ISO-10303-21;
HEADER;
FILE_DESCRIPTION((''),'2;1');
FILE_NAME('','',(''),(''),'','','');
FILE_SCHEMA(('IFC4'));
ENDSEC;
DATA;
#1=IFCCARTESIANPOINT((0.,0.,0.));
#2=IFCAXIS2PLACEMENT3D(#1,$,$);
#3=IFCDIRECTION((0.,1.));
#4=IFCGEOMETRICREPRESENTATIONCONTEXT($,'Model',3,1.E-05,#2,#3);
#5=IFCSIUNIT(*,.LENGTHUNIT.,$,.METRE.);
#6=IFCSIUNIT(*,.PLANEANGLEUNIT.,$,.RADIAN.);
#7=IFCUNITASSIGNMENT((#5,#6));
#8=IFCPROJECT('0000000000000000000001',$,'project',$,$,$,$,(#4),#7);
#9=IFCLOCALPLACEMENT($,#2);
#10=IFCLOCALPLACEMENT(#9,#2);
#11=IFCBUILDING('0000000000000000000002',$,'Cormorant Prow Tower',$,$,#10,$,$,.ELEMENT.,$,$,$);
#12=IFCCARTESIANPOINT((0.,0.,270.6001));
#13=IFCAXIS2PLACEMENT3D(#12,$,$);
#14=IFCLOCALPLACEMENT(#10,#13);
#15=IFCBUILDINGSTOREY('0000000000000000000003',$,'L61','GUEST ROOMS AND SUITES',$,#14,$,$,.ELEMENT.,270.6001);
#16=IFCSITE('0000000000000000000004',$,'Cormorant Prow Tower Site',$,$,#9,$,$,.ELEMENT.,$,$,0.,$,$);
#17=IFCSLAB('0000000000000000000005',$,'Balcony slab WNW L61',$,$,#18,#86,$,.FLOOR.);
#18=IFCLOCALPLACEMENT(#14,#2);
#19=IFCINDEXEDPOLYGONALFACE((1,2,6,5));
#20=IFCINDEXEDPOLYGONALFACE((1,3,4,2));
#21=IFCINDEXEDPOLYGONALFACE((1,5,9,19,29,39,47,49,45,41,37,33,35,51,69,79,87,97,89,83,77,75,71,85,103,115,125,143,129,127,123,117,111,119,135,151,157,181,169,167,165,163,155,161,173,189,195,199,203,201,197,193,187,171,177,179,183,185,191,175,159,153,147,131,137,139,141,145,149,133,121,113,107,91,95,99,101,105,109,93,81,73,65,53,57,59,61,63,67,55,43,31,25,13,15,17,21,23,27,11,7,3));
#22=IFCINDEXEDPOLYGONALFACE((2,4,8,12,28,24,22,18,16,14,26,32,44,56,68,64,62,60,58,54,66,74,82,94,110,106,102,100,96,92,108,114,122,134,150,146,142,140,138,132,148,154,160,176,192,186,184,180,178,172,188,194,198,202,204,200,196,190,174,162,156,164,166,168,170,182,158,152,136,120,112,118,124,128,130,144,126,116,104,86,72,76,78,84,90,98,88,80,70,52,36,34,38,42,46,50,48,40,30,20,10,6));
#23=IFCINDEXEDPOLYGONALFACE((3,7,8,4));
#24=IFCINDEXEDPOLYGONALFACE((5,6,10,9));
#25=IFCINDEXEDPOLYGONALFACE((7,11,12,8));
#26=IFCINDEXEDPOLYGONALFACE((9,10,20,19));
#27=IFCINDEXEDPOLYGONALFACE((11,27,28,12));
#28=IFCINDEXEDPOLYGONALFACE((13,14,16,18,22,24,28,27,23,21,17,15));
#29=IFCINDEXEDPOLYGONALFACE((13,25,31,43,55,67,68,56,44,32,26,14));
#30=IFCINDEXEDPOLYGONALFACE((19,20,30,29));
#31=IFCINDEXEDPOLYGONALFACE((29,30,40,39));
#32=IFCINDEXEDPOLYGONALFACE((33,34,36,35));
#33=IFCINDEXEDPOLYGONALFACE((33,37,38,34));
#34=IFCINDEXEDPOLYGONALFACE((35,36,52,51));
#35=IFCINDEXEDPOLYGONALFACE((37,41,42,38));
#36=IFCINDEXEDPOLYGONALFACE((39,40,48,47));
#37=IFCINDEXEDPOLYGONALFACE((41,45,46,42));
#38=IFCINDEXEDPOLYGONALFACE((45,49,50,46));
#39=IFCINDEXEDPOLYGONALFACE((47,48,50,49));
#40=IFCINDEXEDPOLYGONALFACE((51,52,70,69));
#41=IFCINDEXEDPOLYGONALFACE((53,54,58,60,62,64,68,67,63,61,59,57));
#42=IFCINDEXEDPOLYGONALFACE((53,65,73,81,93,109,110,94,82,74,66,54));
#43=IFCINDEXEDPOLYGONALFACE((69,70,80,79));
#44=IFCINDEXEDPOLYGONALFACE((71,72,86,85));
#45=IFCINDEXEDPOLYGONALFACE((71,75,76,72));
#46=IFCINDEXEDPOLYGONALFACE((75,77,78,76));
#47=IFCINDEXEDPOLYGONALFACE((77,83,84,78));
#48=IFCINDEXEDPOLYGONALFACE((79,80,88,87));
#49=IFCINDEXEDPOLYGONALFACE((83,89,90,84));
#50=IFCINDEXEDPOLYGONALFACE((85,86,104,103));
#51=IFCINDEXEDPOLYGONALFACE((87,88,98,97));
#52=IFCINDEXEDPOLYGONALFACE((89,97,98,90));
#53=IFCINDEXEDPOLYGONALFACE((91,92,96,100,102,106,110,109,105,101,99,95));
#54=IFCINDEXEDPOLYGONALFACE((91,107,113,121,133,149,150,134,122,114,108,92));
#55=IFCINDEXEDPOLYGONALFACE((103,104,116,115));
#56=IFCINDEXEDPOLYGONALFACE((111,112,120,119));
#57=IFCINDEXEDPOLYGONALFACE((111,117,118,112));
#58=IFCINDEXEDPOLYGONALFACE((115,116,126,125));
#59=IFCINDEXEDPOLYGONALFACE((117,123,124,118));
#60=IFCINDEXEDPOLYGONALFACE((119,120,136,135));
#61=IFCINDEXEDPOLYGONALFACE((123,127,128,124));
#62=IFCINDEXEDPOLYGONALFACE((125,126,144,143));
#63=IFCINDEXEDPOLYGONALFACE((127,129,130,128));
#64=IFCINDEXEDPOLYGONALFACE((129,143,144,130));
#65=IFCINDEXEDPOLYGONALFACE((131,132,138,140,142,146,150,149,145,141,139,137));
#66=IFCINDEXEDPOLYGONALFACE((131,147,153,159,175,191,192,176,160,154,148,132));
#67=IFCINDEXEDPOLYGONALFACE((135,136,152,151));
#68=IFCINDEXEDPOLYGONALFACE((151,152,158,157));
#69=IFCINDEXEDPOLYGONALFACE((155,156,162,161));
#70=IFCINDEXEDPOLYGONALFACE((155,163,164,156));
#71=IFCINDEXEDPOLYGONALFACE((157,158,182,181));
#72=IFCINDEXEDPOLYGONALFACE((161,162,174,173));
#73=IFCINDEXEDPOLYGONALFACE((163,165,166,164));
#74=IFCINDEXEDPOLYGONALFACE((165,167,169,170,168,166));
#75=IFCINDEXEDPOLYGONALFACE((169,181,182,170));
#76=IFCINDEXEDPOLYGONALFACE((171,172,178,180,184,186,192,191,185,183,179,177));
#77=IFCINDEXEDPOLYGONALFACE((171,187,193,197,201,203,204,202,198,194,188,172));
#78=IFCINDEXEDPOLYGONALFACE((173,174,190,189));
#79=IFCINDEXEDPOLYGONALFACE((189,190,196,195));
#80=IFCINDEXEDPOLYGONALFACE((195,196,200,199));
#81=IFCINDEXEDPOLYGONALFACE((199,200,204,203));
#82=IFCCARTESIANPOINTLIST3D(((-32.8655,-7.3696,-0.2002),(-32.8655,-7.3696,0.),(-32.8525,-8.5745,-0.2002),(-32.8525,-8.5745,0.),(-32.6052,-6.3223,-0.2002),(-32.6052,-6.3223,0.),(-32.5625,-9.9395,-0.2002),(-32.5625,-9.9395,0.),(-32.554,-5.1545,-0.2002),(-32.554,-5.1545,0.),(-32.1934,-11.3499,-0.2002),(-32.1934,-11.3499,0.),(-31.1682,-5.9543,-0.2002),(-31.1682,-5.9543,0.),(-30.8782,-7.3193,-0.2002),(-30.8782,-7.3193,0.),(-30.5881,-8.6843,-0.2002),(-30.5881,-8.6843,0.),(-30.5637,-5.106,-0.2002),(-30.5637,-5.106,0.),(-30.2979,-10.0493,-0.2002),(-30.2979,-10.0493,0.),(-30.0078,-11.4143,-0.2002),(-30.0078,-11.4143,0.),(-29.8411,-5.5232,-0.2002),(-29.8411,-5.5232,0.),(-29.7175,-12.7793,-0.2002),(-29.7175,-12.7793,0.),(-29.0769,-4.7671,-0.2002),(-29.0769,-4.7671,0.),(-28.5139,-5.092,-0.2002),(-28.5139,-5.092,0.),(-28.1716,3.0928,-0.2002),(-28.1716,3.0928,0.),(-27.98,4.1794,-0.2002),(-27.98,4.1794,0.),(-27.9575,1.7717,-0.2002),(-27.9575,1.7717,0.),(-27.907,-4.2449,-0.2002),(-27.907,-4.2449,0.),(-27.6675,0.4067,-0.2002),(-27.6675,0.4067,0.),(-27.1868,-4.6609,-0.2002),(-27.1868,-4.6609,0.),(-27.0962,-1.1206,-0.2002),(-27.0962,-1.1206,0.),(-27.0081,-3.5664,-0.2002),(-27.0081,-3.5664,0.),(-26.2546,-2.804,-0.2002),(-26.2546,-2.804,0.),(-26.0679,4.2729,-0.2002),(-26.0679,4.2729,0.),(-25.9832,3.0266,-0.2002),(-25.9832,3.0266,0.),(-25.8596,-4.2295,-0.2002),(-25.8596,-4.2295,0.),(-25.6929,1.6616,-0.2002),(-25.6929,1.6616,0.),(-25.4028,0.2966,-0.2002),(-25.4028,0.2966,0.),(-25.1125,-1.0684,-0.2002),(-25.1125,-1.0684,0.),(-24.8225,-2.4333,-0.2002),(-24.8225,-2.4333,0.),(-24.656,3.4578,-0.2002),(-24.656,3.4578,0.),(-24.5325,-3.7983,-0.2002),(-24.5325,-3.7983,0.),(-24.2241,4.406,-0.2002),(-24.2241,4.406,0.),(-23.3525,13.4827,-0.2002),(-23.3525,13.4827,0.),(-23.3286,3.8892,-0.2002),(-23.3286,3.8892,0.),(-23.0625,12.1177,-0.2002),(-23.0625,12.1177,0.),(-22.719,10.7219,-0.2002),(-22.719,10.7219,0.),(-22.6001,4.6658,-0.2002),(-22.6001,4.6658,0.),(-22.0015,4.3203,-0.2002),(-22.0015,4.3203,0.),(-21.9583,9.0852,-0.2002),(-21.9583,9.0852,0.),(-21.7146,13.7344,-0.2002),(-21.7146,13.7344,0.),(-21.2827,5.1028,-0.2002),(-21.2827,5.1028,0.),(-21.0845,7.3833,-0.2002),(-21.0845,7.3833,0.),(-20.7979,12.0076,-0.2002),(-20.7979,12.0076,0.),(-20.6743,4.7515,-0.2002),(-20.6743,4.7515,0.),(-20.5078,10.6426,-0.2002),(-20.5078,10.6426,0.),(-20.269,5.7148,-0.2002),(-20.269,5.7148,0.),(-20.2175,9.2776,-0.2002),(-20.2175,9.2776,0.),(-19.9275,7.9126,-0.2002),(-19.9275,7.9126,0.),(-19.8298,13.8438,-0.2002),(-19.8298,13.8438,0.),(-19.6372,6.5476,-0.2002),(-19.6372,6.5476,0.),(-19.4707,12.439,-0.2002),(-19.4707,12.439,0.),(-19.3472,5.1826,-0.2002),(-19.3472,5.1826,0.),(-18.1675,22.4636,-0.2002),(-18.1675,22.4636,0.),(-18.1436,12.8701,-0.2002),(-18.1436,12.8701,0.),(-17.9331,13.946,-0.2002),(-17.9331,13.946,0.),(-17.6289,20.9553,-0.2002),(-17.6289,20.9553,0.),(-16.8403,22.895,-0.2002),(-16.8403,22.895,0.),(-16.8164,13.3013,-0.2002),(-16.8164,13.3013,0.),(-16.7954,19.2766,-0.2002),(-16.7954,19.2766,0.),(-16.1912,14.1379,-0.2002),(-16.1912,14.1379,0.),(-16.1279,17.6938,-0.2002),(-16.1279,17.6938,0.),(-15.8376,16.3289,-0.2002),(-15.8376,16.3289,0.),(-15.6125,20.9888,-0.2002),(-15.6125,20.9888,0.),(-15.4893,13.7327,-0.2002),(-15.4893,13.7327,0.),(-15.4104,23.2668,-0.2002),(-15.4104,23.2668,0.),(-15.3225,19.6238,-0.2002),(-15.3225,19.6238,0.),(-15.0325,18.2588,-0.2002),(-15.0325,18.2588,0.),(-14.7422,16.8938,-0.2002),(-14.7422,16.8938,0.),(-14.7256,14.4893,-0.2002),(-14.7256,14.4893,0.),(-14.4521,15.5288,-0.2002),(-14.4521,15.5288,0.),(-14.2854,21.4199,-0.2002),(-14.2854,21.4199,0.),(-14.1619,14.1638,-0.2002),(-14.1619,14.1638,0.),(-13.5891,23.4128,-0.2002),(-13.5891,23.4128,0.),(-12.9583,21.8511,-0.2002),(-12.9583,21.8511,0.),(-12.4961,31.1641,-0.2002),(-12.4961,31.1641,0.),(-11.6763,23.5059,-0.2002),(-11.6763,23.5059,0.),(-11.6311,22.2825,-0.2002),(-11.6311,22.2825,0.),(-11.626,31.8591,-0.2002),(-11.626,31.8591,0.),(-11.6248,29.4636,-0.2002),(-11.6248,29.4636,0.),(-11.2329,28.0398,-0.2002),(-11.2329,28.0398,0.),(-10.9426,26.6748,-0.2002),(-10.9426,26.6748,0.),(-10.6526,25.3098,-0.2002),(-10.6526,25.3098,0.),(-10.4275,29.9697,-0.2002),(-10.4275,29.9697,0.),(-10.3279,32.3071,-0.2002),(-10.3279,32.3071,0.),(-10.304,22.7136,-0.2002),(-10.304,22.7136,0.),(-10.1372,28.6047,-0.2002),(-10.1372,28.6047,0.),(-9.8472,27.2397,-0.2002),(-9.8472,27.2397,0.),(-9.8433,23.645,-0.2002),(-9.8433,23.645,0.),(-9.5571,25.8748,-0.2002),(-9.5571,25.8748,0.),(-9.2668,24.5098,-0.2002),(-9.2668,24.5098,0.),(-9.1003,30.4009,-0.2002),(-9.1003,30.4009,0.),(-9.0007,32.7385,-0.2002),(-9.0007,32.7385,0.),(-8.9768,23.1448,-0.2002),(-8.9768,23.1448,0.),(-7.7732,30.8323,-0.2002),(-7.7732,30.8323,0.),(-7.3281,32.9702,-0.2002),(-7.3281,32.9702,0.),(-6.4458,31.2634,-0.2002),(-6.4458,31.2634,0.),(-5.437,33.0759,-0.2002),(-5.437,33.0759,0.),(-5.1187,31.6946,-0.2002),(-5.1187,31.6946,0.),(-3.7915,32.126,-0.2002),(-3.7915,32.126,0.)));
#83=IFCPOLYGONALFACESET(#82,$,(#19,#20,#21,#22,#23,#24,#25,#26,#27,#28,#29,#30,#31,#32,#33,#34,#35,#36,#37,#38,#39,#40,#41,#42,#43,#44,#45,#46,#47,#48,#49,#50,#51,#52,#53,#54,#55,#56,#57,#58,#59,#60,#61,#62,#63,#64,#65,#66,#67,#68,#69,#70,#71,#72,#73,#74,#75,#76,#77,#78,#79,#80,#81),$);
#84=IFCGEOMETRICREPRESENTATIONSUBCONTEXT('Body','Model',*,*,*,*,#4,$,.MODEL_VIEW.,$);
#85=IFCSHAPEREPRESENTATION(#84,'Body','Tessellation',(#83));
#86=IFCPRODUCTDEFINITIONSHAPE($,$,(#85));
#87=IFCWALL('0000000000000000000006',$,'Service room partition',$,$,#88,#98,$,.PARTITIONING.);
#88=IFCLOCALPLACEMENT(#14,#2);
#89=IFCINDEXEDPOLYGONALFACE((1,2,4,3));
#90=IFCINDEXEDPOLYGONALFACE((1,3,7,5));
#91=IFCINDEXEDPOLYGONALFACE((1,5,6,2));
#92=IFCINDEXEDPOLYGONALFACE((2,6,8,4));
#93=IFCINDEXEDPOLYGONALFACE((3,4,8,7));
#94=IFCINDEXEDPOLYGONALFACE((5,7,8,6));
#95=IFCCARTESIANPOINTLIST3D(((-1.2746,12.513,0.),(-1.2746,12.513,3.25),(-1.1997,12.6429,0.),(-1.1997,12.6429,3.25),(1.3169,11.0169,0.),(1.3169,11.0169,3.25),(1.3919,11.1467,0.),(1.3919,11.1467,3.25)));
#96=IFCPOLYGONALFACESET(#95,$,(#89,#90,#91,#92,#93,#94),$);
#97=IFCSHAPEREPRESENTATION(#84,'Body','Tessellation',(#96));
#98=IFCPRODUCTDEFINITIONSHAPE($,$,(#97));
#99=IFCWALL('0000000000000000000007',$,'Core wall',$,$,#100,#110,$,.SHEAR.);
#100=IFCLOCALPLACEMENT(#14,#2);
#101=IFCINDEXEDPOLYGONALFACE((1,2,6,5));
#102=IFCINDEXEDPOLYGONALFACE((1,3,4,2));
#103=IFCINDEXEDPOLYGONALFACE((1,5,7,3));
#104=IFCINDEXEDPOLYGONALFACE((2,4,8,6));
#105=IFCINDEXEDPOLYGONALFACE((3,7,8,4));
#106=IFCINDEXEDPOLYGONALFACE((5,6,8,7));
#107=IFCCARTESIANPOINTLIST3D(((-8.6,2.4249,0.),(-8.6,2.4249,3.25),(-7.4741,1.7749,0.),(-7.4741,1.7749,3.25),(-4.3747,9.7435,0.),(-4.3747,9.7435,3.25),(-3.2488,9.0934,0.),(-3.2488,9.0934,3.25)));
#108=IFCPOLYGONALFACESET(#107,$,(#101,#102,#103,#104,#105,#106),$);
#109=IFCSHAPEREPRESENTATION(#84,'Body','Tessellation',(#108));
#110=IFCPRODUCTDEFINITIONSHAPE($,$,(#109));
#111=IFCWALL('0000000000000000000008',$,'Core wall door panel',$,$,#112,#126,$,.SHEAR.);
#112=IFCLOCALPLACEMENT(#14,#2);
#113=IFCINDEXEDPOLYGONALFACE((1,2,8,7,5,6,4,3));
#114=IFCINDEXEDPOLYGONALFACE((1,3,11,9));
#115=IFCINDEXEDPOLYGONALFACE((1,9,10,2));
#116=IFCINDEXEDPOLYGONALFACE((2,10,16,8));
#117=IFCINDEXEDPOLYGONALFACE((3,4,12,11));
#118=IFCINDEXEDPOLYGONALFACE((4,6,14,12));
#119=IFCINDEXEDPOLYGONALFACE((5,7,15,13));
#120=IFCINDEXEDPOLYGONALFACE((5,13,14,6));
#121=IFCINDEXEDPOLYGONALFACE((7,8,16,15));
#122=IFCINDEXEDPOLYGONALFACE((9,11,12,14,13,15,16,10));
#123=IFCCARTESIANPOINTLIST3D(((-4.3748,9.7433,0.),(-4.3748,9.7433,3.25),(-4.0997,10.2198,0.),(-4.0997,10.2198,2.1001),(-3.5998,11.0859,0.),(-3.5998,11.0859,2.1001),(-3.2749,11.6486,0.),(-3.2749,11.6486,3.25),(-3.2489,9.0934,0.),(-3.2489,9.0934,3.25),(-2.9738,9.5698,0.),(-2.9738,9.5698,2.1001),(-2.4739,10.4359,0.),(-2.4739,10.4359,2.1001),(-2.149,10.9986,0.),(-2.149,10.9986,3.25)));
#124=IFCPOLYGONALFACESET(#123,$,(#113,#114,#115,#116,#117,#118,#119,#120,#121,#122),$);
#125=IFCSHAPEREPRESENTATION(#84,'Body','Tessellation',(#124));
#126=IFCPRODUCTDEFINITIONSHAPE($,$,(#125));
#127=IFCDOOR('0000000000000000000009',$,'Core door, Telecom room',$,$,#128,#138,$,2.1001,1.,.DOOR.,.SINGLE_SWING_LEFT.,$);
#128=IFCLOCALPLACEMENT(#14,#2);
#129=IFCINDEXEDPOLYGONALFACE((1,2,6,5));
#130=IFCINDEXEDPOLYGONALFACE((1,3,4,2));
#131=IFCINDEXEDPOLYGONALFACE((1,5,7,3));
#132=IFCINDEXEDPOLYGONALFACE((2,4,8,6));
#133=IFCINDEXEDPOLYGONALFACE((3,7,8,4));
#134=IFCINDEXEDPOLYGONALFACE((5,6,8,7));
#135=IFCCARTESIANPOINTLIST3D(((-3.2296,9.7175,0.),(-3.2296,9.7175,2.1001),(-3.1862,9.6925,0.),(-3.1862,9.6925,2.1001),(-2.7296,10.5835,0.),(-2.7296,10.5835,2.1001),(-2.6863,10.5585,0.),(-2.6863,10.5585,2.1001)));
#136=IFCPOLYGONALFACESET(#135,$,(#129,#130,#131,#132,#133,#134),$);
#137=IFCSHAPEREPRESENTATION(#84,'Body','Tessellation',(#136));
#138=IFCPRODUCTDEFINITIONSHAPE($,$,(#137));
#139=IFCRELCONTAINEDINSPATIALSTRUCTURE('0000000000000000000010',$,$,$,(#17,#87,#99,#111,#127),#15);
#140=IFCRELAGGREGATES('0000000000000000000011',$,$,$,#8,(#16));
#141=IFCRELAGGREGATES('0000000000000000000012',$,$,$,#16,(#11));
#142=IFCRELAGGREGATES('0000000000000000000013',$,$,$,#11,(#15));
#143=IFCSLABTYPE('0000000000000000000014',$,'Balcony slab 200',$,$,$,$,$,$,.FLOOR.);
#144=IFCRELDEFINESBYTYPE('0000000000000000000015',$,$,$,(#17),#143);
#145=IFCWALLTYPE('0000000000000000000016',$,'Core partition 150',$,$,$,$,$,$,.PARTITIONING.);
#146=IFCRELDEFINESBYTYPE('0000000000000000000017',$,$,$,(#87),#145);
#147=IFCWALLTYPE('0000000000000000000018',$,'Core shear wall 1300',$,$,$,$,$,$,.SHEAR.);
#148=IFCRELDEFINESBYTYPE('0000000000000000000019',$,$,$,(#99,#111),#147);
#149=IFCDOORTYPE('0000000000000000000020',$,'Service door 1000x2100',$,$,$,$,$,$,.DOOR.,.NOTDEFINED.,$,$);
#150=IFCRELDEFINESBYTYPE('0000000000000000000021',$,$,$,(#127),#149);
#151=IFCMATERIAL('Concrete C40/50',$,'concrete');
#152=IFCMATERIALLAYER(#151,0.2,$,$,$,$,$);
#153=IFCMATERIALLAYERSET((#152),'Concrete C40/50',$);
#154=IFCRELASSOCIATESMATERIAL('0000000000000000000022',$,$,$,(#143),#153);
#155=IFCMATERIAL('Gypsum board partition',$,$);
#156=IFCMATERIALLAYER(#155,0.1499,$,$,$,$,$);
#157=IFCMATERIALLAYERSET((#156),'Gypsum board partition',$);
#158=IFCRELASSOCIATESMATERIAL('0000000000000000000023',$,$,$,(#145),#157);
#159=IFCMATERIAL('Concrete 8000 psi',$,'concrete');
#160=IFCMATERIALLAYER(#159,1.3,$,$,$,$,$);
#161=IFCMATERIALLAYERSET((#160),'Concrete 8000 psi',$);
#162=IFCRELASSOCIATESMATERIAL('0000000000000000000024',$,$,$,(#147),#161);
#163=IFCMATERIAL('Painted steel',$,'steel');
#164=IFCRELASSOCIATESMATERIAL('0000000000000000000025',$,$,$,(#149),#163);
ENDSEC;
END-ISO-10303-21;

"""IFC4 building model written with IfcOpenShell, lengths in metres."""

from ifc_helpers import new_model, si_unit, direction, frame, frame_2d, origin, place, context, subcontext, project, spatial, polyline, rectangle, outline, extrude, material, layer, layer_set, type_object, element, fill, save


model = new_model("IFC4")

# Units and contexts
model_context = context("Model", 3, precision=1e-05, world=origin(), true_north=direction((0.0, 1.0)))
body_context = subcontext(model_context, "Body", "Model", "MODEL_VIEW")
ifc_project = project(units=[si_unit("LENGTHUNIT", "METRE"), si_unit("PLANEANGLEUNIT", "RADIAN")], contexts=[model_context])

# Site, building, storey
site_placement = place(None, origin())
site = spatial("IfcSite", under=ifc_project, at=site_placement, Name="Cormorant Prow Tower Site", CompositionType="ELEMENT", RefElevation=0.0)
building_placement = place(site_placement, origin())
building = spatial("IfcBuilding", under=site, at=building_placement, Name="Cormorant Prow Tower", CompositionType="ELEMENT")
storey_placement = place(building_placement, frame((0.0, 0.0, 270.6001)))
storey = spatial("IfcBuildingStorey", under=building, at=storey_placement, Name="L61", Description="GUEST ROOMS AND SUITES", CompositionType="ELEMENT", Elevation=270.6001)

# Slab
ifc_material_1 = material(Name="Concrete C40/50", Category="concrete")
ifc_layer_1 = layer(ifc_material_1, 0.2)
ifc_layer_set_1 = layer_set([ifc_layer_1], Name="Concrete C40/50")
slab_type = type_object("IfcSlabType", Name="Balcony slab 200", PredefinedType="FLOOR", material=ifc_layer_set_1)
slab_1_placement = place(storey_placement, frame((0.0, 0.0, -0.2002)))
element("IfcSlab", 1, at=slab_1_placement, inside=storey, type_object=slab_type, Name="Balcony slab WNW L61", PredefinedType="FLOOR", context=body_context, shape_type="SweptSolid", body=[
    extrude(outline(polyline([(-3.7915, 32.126), (-5.437, 33.0759), (-7.3281, 32.9702), (-9.0007, 32.7385), (-10.3279, 32.3071), (-11.626, 31.8591), (-12.4961, 31.1641), (-11.6248, 29.4636), (-11.2329, 28.0398), (-10.9426, 26.6748), (-10.6526, 25.3098), (-9.8433, 23.645), (-11.6763, 23.5059), (-13.5891, 23.4128), (-15.4104, 23.2668), (-16.8403, 22.895), (-18.1675, 22.4636), (-17.6289, 20.9553), (-16.7954, 19.2766), (-16.1279, 17.6938), (-15.8376, 16.3289), (-14.7256, 14.4893), (-16.1912, 14.1379), (-17.9331, 13.946), (-19.8298, 13.8438), (-21.7146, 13.7344), (-23.3525, 13.4827), (-23.0625, 12.1177), (-22.719, 10.7219), (-21.9583, 9.0852), (-21.0845, 7.3833), (-20.269, 5.7148), (-21.2827, 5.1028), (-22.6001, 4.6658), (-24.2241, 4.406), (-26.0679, 4.2729), (-27.98, 4.1794), (-28.1716, 3.0928), (-27.9575, 1.7717), (-27.6675, 0.4067), (-27.0962, -1.1206), (-26.2546, -2.804), (-27.0081, -3.5664), (-27.907, -4.2449), (-29.0769, -4.7671), (-30.5637, -5.106), (-32.554, -5.1545), (-32.6052, -6.3223), (-32.8655, -7.3696), (-32.8525, -8.5745), (-32.5625, -9.9395), (-32.1934, -11.3499), (-29.7175, -12.7793), (-30.0078, -11.4143), (-30.2979, -10.0493), (-30.5881, -8.6843), (-30.8782, -7.3193), (-31.1682, -5.9543), (-29.8411, -5.5232), (-28.5139, -5.092), (-27.1868, -4.6609), (-25.8596, -4.2295), (-24.5325, -3.7983), (-24.8225, -2.4333), (-25.1125, -1.0684), (-25.4028, 0.2966), (-25.6929, 1.6616), (-25.9832, 3.0266), (-24.656, 3.4578), (-23.3286, 3.8892), (-22.0015, 4.3203), (-20.6743, 4.7515), (-19.3472, 5.1826), (-19.6372, 6.5476), (-19.9275, 7.9126), (-20.2175, 9.2776), (-20.5078, 10.6426), (-20.7979, 12.0076), (-19.4707, 12.439), (-18.1436, 12.8701), (-16.8164, 13.3013), (-15.4893, 13.7327), (-14.1619, 14.1638), (-14.4521, 15.5288), (-14.7422, 16.8938), (-15.0325, 18.2588), (-15.3225, 19.6238), (-15.6125, 20.9888), (-14.2854, 21.4199), (-12.9583, 21.8511), (-11.6311, 22.2825), (-10.304, 22.7136), (-8.9768, 23.1448), (-9.2668, 24.5098), (-9.5571, 25.8748), (-9.8472, 27.2397), (-10.1372, 28.6047), (-10.4275, 29.9697), (-9.1003, 30.4009), (-7.7732, 30.8323), (-6.4458, 31.2634), (-5.1187, 31.6946), (-3.7915, 32.126)])), origin(), (0.0, 0.0, 1.0), 0.2002),
])

# Walls
ifc_material_2 = material(Name="Gypsum board partition")
ifc_layer_2 = layer(ifc_material_2, 0.1499)
ifc_layer_set_2 = layer_set([ifc_layer_2], Name="Gypsum board partition")
wall_type_1 = type_object("IfcWallType", Name="Core partition 150", PredefinedType="PARTITIONING", material=ifc_layer_set_2)
wall_1_placement = place(storey_placement, frame((-1.2371, 12.5779, 0.0), z_axis=(0.0, 0.0, 1.0), x_axis=(0.866046, -0.499965, 0.0)))
element("IfcWall", 2, at=wall_1_placement, inside=storey, type_object=wall_type_1, Name="Service room partition", PredefinedType="PARTITIONING", context=body_context, shape_type="SweptSolid", body=[
    extrude(rectangle(XDim=2.9924, YDim=0.1499, at=frame_2d((1.4961, 0.0))), origin(), (0.0, 0.0, 1.0), 3.25),
])
ifc_material_3 = material(Name="Concrete 8000 psi", Category="concrete")
ifc_layer_3 = layer(ifc_material_3, 1.3)
ifc_layer_set_3 = layer_set([ifc_layer_3], Name="Concrete 8000 psi")
wall_type_2 = type_object("IfcWallType", Name="Core shear wall 1300", PredefinedType="SHEAR", material=ifc_layer_set_3)
wall_2_placement = place(storey_placement, frame((-3.8118, 9.4185, 0.0), z_axis=(0.0, 0.0, 1.0), x_axis=(-0.499995, -0.866028, 0.0)))
element("IfcWall", 3, at=wall_2_placement, inside=storey, type_object=wall_type_2, Name="Core wall", PredefinedType="SHEAR", context=body_context, shape_type="SweptSolid", body=[
    extrude(rectangle(XDim=8.4507, YDim=1.3, at=frame_2d((4.2253, 0.0))), origin(), (0.0, 0.0, 1.0), 3.25),
])

# Wall, opening, door
wall_3_placement = place(storey_placement, frame((-2.7119, 11.3237, 0.0), z_axis=(0.0, 0.0, 1.0), x_axis=(-0.499947, -0.866056, 0.0)))
wall_3 = element("IfcWall", 4, at=wall_3_placement, inside=storey, type_object=wall_type_2, Name="Core wall door panel", PredefinedType="SHEAR", context=body_context, shape_type="SweptSolid", body=[
    extrude(rectangle(XDim=2.2, YDim=1.3, at=frame_2d((1.1001, 0.0))), origin(), (0.0, 0.0, 1.0), 3.25),
])
opening_1_placement = place(wall_3_placement, frame((0.6499, 0.0, 0.0)))
opening_1 = element("IfcOpeningElement", 5, at=opening_1_placement, cuts=wall_3, PredefinedType="OPENING", context=body_context, shape_type="SweptSolid", body=[
    extrude(rectangle(XDim=1.0, YDim=2.1001, at=frame_2d((0.5, 1.05))), frame((0.0, 0.6599, 0.0), z_axis=(0.0, -1.0, 0.0), x_axis=(1.0, 0.0, 0.0)), (0.0, 0.0, 1.0), 1.3201),
])
ifc_material_4 = material(Name="Painted steel", Category="steel")
door_type_1 = type_object("IfcDoorType", Name="Service door 1000x2100", OperationType="NOTDEFINED", PredefinedType="DOOR", material=ifc_material_4)
door_1_placement = place(opening_1_placement, origin())
door_1 = element("IfcDoor", 6, at=door_1_placement, inside=storey, type_object=door_type_1, Name="Core door, Telecom room", OperationType="SINGLE_SWING_LEFT", OverallHeight=2.1001, OverallWidth=1.0, PredefinedType="DOOR", context=body_context, shape_type="SweptSolid", body=[
    extrude(rectangle(XDim=1.0, YDim=2.1001, at=frame_2d((0.5, 1.05))), frame((0.0, 0.4048, 0.0), z_axis=(0.0, -1.0, 0.0), x_axis=(1.0, 0.0, 0.0)), (0.0, 0.0, 1.0), 0.05),
])
fill(opening_1, door_1)

save(model, "model.ifc")
